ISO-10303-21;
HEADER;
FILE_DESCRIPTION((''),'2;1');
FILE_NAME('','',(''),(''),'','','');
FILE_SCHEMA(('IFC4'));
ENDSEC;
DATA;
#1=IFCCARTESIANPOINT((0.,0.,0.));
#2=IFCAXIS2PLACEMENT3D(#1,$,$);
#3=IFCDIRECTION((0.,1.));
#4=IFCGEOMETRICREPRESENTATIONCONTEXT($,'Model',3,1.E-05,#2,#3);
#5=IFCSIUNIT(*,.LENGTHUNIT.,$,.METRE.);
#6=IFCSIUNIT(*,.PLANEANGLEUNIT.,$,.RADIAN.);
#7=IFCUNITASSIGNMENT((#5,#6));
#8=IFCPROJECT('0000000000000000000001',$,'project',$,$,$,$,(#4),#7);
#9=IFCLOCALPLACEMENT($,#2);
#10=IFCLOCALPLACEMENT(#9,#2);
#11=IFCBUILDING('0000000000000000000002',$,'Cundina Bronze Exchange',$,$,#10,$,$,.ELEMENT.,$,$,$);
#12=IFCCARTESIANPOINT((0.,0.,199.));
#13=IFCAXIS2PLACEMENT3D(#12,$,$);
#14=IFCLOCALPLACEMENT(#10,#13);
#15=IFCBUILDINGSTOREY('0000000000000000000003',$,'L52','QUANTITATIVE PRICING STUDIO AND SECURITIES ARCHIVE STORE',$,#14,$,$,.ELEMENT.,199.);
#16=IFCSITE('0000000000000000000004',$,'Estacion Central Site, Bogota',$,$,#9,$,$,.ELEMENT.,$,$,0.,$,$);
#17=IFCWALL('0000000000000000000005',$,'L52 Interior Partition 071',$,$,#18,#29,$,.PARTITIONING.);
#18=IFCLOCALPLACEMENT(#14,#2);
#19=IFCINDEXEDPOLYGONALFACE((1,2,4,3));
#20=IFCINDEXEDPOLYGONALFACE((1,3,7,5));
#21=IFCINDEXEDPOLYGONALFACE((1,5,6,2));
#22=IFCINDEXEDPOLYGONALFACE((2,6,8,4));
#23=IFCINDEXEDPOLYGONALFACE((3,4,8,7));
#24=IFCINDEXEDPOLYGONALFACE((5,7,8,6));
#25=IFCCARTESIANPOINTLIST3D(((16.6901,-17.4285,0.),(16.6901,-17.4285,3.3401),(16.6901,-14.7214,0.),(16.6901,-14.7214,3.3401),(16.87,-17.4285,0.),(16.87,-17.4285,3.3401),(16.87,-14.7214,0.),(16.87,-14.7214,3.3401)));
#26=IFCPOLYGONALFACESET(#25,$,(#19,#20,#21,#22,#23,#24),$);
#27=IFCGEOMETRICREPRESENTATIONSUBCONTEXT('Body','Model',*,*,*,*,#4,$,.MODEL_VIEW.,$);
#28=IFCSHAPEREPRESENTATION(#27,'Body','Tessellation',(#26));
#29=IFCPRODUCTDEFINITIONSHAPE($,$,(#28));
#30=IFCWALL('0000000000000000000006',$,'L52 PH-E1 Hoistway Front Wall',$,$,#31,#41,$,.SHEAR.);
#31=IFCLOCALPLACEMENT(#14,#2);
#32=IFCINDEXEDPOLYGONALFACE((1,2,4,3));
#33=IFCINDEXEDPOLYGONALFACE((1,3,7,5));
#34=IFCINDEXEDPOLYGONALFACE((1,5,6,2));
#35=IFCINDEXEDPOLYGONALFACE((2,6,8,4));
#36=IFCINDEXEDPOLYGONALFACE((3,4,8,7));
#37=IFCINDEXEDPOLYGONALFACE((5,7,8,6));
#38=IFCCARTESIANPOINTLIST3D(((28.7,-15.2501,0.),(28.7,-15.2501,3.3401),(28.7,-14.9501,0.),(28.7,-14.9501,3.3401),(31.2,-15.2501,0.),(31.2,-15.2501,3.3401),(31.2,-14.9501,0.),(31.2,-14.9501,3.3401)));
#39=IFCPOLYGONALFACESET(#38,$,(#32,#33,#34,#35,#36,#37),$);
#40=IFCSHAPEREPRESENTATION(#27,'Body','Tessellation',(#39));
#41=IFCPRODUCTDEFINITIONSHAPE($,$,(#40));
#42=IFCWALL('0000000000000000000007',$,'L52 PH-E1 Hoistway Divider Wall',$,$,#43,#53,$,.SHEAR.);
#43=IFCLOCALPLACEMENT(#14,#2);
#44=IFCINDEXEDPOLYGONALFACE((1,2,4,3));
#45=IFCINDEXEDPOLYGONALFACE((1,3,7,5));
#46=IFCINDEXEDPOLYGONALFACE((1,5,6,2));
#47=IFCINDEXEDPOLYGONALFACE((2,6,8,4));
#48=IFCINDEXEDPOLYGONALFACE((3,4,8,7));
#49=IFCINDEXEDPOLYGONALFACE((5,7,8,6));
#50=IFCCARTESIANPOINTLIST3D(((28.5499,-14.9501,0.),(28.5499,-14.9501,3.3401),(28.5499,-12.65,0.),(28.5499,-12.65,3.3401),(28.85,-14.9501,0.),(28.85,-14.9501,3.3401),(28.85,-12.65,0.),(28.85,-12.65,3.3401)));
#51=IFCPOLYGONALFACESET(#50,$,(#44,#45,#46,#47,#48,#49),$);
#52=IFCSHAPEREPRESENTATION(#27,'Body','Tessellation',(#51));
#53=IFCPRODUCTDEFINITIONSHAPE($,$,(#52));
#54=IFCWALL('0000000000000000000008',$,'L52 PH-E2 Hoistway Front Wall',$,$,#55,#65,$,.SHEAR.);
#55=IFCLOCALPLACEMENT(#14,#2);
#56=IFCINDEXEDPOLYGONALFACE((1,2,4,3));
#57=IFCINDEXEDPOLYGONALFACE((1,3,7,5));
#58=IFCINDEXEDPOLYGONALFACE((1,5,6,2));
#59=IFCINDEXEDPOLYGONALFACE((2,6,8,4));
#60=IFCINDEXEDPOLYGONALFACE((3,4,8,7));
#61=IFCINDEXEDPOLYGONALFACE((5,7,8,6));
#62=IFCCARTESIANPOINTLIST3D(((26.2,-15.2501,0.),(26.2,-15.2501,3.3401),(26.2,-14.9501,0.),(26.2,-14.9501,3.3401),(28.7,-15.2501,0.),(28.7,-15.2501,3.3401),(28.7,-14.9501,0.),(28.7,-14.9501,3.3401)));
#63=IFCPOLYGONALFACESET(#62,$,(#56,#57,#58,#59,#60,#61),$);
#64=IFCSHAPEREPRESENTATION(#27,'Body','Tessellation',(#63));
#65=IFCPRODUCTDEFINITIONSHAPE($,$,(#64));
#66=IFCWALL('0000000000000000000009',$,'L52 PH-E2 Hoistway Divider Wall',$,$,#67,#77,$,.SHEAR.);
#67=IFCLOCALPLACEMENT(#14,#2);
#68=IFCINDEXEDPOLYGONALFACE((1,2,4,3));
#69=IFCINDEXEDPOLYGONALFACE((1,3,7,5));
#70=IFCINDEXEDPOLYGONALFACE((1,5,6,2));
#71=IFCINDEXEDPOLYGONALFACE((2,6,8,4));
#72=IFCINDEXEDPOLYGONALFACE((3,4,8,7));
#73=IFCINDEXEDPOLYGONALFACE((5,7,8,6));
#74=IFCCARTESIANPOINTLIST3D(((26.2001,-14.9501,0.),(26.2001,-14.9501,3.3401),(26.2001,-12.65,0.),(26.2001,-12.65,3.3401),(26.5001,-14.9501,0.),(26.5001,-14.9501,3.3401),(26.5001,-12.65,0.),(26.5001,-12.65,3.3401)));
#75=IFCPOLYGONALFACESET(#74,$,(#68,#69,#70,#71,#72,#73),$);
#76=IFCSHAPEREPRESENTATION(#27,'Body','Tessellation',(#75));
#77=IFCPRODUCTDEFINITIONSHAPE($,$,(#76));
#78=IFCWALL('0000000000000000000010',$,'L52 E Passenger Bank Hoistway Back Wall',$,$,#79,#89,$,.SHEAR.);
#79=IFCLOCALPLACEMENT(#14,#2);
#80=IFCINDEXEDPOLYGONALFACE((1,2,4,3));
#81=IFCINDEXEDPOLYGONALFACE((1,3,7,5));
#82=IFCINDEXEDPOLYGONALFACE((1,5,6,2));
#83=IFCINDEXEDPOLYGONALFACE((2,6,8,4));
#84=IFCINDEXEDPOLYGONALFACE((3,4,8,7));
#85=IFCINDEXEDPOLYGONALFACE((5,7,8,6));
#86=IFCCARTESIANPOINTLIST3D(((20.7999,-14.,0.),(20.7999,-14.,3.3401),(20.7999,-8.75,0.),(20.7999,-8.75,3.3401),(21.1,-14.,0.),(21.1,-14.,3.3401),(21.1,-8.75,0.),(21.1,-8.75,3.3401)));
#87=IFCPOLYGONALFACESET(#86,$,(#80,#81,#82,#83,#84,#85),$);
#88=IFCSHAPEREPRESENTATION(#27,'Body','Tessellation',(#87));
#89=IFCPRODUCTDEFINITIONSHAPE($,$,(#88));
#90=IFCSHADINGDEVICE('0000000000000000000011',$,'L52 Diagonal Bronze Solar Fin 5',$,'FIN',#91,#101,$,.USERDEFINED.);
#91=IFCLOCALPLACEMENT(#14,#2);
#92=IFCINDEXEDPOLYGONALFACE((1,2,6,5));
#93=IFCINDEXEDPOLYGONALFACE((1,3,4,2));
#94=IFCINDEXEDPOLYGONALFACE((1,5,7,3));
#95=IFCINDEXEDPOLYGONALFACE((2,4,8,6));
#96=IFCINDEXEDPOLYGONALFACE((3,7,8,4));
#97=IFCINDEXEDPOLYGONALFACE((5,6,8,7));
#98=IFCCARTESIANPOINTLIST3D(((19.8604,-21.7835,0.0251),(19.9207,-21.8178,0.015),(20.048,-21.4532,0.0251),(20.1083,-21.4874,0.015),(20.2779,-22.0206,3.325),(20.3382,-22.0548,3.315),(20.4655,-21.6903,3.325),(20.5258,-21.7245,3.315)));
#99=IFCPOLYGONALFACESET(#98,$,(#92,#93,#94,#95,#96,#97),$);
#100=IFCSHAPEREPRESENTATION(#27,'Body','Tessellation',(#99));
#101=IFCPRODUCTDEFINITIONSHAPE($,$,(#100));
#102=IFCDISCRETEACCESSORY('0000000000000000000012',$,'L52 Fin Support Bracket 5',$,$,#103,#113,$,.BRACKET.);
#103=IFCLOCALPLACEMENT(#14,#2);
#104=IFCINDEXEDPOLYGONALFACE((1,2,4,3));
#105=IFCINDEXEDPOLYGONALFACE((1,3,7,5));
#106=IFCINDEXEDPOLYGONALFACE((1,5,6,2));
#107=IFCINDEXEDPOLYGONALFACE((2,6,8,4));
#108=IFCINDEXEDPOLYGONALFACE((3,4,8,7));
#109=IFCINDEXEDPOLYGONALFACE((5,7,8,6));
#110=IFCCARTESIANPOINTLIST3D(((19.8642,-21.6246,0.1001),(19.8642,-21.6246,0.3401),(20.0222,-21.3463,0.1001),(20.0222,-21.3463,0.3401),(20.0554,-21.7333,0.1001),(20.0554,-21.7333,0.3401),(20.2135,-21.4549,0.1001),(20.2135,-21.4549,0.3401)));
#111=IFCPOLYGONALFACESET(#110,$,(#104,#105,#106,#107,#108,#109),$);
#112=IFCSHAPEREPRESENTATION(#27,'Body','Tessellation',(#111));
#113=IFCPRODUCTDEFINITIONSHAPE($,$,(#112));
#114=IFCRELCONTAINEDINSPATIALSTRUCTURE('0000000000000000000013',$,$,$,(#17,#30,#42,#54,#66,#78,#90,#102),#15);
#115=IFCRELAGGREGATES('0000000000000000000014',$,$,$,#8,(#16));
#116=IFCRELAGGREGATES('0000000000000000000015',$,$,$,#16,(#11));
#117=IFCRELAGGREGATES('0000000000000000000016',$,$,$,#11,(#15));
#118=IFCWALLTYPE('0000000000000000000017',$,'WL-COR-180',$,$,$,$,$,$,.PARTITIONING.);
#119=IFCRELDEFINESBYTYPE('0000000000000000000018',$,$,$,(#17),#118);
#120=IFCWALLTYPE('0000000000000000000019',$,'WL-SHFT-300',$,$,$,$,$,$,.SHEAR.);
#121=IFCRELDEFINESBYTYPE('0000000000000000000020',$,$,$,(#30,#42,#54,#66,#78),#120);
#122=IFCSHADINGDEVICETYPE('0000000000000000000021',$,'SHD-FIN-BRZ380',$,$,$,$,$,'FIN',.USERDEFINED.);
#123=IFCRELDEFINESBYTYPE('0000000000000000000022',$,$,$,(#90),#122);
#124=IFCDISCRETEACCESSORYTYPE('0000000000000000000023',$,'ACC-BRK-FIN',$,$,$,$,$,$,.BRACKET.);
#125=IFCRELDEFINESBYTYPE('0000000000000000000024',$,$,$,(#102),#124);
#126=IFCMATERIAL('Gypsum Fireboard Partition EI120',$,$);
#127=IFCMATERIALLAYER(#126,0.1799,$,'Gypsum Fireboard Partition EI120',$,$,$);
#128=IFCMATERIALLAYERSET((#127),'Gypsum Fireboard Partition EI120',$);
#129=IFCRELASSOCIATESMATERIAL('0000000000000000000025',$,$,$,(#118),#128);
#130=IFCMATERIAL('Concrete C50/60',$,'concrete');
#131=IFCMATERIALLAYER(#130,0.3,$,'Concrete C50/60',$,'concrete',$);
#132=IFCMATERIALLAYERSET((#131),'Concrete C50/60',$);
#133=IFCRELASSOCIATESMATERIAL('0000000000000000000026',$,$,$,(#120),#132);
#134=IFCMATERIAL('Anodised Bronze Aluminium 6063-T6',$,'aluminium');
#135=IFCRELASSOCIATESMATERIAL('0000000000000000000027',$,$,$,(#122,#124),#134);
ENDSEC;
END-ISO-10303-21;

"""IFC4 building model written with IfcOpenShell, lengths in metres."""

from ifc_helpers import new_model, si_unit, direction, frame, frame_2d, origin, origin_2d, place, context, subcontext, project, spatial, rectangle, extrude, material, layer, layer_set, material_profile, profile_set, type_object, element, save


model = new_model("IFC4")

# Units and contexts
model_context = context("Model", 3, precision=1e-05, world=origin(), true_north=direction((0.0, 1.0)))
body_context = subcontext(model_context, "Body", "Model", "MODEL_VIEW")
ifc_project = project(units=[si_unit("LENGTHUNIT", "METRE"), si_unit("PLANEANGLEUNIT", "RADIAN")], contexts=[model_context])

# Site, building, storey
site_placement = place(None, origin())
site = spatial("IfcSite", under=ifc_project, at=site_placement, Name="Estacion Central Site, Bogota", CompositionType="ELEMENT", RefElevation=0.0)
building_placement = place(site_placement, origin())
building = spatial("IfcBuilding", under=site, at=building_placement, Name="Cundina Bronze Exchange", CompositionType="ELEMENT")
storey_placement = place(building_placement, frame((0.0, 0.0, 199.0)))
storey = spatial("IfcBuildingStorey", under=building, at=storey_placement, Name="L52", Description="QUANTITATIVE PRICING STUDIO AND SECURITIES ARCHIVE STORE", CompositionType="ELEMENT", Elevation=199.0)

# Shared definitions
ifc_material_1 = material(Name="Concrete C50/60", Category="concrete")

# Shared definitions
ifc_material_2 = material(Name="Anodised Bronze Aluminium 6063-T6", Category="aluminium")

# Shared definitions
ifc_material_3 = material(Name="Gypsum Fireboard Partition EI120")
ifc_layer_1 = layer(ifc_material_3, 0.1799, Name="Gypsum Fireboard Partition EI120")
ifc_layer_set_1 = layer_set([ifc_layer_1], Name="Gypsum Fireboard Partition EI120")
wall_type_1 = type_object("IfcWallType", Name="WL-COR-180", PredefinedType="PARTITIONING", material=ifc_layer_set_1)

# Walls
wall_1_placement = place(storey_placement, frame((16.78, -14.7214, 0.0), z_axis=(0.0, 0.0, 1.0), x_axis=(0.0, -1.0, 0.0)))
element("IfcWall", 1, at=wall_1_placement, inside=storey, type_object=wall_type_1, Name="L52 Interior Partition 071", PredefinedType="PARTITIONING", context=body_context, shape_type="SweptSolid", body=[
    extrude(rectangle(XDim=2.707, YDim=0.1799, at=frame_2d((1.3535, 0.0))), origin(), (0.0, 0.0, 1.0), 3.3401),
])
ifc_layer_2 = layer(ifc_material_1, 0.3, Name="Concrete C50/60", Category="concrete")
ifc_layer_set_2 = layer_set([ifc_layer_2], Name="Concrete C50/60")
wall_type_2 = type_object("IfcWallType", Name="WL-SHFT-300", PredefinedType="SHEAR", material=ifc_layer_set_2)
wall_2_placement = place(storey_placement, frame((28.7, -15.1001, 0.0), z_axis=(0.0, 0.0, 1.0), x_axis=(1.0, 0.0, 0.0)))
element("IfcWall", 2, at=wall_2_placement, inside=storey, type_object=wall_type_2, Name="L52 PH-E1 Hoistway Front Wall", PredefinedType="SHEAR", context=body_context, shape_type="SweptSolid", body=[
    extrude(rectangle(XDim=2.5, YDim=0.3, at=frame_2d((1.25, 0.0))), origin(), (0.0, 0.0, 1.0), 3.3401),
])
wall_3_placement = place(storey_placement, frame((28.7, -14.95, 0.0), z_axis=(0.0, 0.0, 1.0), x_axis=(0.0, 1.0, 0.0)))
element("IfcWall", 3, at=wall_3_placement, inside=storey, type_object=wall_type_2, Name="L52 PH-E1 Hoistway Divider Wall", PredefinedType="SHEAR", context=body_context, shape_type="SweptSolid", body=[
    extrude(rectangle(XDim=2.3, YDim=0.3, at=frame_2d((1.1499, 0.0))), origin(), (0.0, 0.0, 1.0), 3.3401),
])
wall_4_placement = place(storey_placement, frame((26.2, -15.1001, 0.0), z_axis=(0.0, 0.0, 1.0), x_axis=(1.0, 0.0, 0.0)))
element("IfcWall", 4, at=wall_4_placement, inside=storey, type_object=wall_type_2, Name="L52 PH-E2 Hoistway Front Wall", PredefinedType="SHEAR", context=body_context, shape_type="SweptSolid", body=[
    extrude(rectangle(XDim=2.5, YDim=0.3, at=frame_2d((1.25, 0.0))), origin(), (0.0, 0.0, 1.0), 3.3401),
])
wall_5_placement = place(storey_placement, frame((26.3501, -14.95, 0.0), z_axis=(0.0, 0.0, 1.0), x_axis=(0.0, 1.0, 0.0)))
element("IfcWall", 5, at=wall_5_placement, inside=storey, type_object=wall_type_2, Name="L52 PH-E2 Hoistway Divider Wall", PredefinedType="SHEAR", context=body_context, shape_type="SweptSolid", body=[
    extrude(rectangle(XDim=2.3, YDim=0.3, at=frame_2d((1.1499, 0.0))), origin(), (0.0, 0.0, 1.0), 3.3401),
])
wall_6_placement = place(storey_placement, frame((20.95, -14.0, 0.0), z_axis=(0.0, 0.0, 1.0), x_axis=(0.0, 1.0, 0.0)))
element("IfcWall", 6, at=wall_6_placement, inside=storey, type_object=wall_type_2, Name="L52 E Passenger Bank Hoistway Back Wall", PredefinedType="SHEAR", context=body_context, shape_type="SweptSolid", body=[
    extrude(rectangle(XDim=5.25, YDim=0.3, at=frame_2d((2.625, 0.0))), origin(), (0.0, 0.0, 1.0), 3.3401),
])

# Shading device
ifc_material_profile_1 = material_profile(ifc_material_2, rectangle(XDim=0.0701, YDim=0.3799, at=origin_2d()), Name="FIN70X380", Category="aluminium")
ifc_profile_set_1 = profile_set([ifc_material_profile_1], Name="Anodised Bronze Aluminium 6063-T6")
shading_device_type = type_object("IfcShadingDeviceType", Name="SHD-FIN-BRZ380", ElementType="FIN", PredefinedType="USERDEFINED", material=ifc_profile_set_1)
shading_device_placement = place(storey_placement, frame((19.9844, -21.6355, 0.02), z_axis=(0.12519, -0.071087, 0.989583), x_axis=(-0.860527, 0.488638, 0.143965)))
element("IfcShadingDevice", 7, at=shading_device_placement, inside=storey, type_object=shading_device_type, Name="L52 Diagonal Bronze Solar Fin 5", ObjectType="FIN", PredefinedType="USERDEFINED", context=body_context, shape_type="SweptSolid", body=[
    extrude(rectangle(XDim=0.0701, YDim=0.3799, at=origin_2d()), origin(), (0.0, 0.0, 1.0), 3.3347),
])

# Discrete accessory
discrete_accessory_type = type_object("IfcDiscreteAccessoryType", Name="ACC-BRK-FIN", PredefinedType="BRACKET", material=ifc_material_2)
discrete_accessory_placement = place(storey_placement, frame((20.0388, -21.5398, 0.1001), z_axis=(0.0, 0.0, 1.0), x_axis=(0.869573, -0.493805, 0.0)))
element("IfcDiscreteAccessory", 8, at=discrete_accessory_placement, inside=storey, type_object=discrete_accessory_type, Name="L52 Fin Support Bracket 5", PredefinedType="BRACKET", context=body_context, shape_type="SweptSolid", body=[
    extrude(rectangle(XDim=0.22, YDim=0.3201, at=origin_2d()), origin(), (0.0, 0.0, 1.0), 0.24),
])

save(model, "model.ifc")
